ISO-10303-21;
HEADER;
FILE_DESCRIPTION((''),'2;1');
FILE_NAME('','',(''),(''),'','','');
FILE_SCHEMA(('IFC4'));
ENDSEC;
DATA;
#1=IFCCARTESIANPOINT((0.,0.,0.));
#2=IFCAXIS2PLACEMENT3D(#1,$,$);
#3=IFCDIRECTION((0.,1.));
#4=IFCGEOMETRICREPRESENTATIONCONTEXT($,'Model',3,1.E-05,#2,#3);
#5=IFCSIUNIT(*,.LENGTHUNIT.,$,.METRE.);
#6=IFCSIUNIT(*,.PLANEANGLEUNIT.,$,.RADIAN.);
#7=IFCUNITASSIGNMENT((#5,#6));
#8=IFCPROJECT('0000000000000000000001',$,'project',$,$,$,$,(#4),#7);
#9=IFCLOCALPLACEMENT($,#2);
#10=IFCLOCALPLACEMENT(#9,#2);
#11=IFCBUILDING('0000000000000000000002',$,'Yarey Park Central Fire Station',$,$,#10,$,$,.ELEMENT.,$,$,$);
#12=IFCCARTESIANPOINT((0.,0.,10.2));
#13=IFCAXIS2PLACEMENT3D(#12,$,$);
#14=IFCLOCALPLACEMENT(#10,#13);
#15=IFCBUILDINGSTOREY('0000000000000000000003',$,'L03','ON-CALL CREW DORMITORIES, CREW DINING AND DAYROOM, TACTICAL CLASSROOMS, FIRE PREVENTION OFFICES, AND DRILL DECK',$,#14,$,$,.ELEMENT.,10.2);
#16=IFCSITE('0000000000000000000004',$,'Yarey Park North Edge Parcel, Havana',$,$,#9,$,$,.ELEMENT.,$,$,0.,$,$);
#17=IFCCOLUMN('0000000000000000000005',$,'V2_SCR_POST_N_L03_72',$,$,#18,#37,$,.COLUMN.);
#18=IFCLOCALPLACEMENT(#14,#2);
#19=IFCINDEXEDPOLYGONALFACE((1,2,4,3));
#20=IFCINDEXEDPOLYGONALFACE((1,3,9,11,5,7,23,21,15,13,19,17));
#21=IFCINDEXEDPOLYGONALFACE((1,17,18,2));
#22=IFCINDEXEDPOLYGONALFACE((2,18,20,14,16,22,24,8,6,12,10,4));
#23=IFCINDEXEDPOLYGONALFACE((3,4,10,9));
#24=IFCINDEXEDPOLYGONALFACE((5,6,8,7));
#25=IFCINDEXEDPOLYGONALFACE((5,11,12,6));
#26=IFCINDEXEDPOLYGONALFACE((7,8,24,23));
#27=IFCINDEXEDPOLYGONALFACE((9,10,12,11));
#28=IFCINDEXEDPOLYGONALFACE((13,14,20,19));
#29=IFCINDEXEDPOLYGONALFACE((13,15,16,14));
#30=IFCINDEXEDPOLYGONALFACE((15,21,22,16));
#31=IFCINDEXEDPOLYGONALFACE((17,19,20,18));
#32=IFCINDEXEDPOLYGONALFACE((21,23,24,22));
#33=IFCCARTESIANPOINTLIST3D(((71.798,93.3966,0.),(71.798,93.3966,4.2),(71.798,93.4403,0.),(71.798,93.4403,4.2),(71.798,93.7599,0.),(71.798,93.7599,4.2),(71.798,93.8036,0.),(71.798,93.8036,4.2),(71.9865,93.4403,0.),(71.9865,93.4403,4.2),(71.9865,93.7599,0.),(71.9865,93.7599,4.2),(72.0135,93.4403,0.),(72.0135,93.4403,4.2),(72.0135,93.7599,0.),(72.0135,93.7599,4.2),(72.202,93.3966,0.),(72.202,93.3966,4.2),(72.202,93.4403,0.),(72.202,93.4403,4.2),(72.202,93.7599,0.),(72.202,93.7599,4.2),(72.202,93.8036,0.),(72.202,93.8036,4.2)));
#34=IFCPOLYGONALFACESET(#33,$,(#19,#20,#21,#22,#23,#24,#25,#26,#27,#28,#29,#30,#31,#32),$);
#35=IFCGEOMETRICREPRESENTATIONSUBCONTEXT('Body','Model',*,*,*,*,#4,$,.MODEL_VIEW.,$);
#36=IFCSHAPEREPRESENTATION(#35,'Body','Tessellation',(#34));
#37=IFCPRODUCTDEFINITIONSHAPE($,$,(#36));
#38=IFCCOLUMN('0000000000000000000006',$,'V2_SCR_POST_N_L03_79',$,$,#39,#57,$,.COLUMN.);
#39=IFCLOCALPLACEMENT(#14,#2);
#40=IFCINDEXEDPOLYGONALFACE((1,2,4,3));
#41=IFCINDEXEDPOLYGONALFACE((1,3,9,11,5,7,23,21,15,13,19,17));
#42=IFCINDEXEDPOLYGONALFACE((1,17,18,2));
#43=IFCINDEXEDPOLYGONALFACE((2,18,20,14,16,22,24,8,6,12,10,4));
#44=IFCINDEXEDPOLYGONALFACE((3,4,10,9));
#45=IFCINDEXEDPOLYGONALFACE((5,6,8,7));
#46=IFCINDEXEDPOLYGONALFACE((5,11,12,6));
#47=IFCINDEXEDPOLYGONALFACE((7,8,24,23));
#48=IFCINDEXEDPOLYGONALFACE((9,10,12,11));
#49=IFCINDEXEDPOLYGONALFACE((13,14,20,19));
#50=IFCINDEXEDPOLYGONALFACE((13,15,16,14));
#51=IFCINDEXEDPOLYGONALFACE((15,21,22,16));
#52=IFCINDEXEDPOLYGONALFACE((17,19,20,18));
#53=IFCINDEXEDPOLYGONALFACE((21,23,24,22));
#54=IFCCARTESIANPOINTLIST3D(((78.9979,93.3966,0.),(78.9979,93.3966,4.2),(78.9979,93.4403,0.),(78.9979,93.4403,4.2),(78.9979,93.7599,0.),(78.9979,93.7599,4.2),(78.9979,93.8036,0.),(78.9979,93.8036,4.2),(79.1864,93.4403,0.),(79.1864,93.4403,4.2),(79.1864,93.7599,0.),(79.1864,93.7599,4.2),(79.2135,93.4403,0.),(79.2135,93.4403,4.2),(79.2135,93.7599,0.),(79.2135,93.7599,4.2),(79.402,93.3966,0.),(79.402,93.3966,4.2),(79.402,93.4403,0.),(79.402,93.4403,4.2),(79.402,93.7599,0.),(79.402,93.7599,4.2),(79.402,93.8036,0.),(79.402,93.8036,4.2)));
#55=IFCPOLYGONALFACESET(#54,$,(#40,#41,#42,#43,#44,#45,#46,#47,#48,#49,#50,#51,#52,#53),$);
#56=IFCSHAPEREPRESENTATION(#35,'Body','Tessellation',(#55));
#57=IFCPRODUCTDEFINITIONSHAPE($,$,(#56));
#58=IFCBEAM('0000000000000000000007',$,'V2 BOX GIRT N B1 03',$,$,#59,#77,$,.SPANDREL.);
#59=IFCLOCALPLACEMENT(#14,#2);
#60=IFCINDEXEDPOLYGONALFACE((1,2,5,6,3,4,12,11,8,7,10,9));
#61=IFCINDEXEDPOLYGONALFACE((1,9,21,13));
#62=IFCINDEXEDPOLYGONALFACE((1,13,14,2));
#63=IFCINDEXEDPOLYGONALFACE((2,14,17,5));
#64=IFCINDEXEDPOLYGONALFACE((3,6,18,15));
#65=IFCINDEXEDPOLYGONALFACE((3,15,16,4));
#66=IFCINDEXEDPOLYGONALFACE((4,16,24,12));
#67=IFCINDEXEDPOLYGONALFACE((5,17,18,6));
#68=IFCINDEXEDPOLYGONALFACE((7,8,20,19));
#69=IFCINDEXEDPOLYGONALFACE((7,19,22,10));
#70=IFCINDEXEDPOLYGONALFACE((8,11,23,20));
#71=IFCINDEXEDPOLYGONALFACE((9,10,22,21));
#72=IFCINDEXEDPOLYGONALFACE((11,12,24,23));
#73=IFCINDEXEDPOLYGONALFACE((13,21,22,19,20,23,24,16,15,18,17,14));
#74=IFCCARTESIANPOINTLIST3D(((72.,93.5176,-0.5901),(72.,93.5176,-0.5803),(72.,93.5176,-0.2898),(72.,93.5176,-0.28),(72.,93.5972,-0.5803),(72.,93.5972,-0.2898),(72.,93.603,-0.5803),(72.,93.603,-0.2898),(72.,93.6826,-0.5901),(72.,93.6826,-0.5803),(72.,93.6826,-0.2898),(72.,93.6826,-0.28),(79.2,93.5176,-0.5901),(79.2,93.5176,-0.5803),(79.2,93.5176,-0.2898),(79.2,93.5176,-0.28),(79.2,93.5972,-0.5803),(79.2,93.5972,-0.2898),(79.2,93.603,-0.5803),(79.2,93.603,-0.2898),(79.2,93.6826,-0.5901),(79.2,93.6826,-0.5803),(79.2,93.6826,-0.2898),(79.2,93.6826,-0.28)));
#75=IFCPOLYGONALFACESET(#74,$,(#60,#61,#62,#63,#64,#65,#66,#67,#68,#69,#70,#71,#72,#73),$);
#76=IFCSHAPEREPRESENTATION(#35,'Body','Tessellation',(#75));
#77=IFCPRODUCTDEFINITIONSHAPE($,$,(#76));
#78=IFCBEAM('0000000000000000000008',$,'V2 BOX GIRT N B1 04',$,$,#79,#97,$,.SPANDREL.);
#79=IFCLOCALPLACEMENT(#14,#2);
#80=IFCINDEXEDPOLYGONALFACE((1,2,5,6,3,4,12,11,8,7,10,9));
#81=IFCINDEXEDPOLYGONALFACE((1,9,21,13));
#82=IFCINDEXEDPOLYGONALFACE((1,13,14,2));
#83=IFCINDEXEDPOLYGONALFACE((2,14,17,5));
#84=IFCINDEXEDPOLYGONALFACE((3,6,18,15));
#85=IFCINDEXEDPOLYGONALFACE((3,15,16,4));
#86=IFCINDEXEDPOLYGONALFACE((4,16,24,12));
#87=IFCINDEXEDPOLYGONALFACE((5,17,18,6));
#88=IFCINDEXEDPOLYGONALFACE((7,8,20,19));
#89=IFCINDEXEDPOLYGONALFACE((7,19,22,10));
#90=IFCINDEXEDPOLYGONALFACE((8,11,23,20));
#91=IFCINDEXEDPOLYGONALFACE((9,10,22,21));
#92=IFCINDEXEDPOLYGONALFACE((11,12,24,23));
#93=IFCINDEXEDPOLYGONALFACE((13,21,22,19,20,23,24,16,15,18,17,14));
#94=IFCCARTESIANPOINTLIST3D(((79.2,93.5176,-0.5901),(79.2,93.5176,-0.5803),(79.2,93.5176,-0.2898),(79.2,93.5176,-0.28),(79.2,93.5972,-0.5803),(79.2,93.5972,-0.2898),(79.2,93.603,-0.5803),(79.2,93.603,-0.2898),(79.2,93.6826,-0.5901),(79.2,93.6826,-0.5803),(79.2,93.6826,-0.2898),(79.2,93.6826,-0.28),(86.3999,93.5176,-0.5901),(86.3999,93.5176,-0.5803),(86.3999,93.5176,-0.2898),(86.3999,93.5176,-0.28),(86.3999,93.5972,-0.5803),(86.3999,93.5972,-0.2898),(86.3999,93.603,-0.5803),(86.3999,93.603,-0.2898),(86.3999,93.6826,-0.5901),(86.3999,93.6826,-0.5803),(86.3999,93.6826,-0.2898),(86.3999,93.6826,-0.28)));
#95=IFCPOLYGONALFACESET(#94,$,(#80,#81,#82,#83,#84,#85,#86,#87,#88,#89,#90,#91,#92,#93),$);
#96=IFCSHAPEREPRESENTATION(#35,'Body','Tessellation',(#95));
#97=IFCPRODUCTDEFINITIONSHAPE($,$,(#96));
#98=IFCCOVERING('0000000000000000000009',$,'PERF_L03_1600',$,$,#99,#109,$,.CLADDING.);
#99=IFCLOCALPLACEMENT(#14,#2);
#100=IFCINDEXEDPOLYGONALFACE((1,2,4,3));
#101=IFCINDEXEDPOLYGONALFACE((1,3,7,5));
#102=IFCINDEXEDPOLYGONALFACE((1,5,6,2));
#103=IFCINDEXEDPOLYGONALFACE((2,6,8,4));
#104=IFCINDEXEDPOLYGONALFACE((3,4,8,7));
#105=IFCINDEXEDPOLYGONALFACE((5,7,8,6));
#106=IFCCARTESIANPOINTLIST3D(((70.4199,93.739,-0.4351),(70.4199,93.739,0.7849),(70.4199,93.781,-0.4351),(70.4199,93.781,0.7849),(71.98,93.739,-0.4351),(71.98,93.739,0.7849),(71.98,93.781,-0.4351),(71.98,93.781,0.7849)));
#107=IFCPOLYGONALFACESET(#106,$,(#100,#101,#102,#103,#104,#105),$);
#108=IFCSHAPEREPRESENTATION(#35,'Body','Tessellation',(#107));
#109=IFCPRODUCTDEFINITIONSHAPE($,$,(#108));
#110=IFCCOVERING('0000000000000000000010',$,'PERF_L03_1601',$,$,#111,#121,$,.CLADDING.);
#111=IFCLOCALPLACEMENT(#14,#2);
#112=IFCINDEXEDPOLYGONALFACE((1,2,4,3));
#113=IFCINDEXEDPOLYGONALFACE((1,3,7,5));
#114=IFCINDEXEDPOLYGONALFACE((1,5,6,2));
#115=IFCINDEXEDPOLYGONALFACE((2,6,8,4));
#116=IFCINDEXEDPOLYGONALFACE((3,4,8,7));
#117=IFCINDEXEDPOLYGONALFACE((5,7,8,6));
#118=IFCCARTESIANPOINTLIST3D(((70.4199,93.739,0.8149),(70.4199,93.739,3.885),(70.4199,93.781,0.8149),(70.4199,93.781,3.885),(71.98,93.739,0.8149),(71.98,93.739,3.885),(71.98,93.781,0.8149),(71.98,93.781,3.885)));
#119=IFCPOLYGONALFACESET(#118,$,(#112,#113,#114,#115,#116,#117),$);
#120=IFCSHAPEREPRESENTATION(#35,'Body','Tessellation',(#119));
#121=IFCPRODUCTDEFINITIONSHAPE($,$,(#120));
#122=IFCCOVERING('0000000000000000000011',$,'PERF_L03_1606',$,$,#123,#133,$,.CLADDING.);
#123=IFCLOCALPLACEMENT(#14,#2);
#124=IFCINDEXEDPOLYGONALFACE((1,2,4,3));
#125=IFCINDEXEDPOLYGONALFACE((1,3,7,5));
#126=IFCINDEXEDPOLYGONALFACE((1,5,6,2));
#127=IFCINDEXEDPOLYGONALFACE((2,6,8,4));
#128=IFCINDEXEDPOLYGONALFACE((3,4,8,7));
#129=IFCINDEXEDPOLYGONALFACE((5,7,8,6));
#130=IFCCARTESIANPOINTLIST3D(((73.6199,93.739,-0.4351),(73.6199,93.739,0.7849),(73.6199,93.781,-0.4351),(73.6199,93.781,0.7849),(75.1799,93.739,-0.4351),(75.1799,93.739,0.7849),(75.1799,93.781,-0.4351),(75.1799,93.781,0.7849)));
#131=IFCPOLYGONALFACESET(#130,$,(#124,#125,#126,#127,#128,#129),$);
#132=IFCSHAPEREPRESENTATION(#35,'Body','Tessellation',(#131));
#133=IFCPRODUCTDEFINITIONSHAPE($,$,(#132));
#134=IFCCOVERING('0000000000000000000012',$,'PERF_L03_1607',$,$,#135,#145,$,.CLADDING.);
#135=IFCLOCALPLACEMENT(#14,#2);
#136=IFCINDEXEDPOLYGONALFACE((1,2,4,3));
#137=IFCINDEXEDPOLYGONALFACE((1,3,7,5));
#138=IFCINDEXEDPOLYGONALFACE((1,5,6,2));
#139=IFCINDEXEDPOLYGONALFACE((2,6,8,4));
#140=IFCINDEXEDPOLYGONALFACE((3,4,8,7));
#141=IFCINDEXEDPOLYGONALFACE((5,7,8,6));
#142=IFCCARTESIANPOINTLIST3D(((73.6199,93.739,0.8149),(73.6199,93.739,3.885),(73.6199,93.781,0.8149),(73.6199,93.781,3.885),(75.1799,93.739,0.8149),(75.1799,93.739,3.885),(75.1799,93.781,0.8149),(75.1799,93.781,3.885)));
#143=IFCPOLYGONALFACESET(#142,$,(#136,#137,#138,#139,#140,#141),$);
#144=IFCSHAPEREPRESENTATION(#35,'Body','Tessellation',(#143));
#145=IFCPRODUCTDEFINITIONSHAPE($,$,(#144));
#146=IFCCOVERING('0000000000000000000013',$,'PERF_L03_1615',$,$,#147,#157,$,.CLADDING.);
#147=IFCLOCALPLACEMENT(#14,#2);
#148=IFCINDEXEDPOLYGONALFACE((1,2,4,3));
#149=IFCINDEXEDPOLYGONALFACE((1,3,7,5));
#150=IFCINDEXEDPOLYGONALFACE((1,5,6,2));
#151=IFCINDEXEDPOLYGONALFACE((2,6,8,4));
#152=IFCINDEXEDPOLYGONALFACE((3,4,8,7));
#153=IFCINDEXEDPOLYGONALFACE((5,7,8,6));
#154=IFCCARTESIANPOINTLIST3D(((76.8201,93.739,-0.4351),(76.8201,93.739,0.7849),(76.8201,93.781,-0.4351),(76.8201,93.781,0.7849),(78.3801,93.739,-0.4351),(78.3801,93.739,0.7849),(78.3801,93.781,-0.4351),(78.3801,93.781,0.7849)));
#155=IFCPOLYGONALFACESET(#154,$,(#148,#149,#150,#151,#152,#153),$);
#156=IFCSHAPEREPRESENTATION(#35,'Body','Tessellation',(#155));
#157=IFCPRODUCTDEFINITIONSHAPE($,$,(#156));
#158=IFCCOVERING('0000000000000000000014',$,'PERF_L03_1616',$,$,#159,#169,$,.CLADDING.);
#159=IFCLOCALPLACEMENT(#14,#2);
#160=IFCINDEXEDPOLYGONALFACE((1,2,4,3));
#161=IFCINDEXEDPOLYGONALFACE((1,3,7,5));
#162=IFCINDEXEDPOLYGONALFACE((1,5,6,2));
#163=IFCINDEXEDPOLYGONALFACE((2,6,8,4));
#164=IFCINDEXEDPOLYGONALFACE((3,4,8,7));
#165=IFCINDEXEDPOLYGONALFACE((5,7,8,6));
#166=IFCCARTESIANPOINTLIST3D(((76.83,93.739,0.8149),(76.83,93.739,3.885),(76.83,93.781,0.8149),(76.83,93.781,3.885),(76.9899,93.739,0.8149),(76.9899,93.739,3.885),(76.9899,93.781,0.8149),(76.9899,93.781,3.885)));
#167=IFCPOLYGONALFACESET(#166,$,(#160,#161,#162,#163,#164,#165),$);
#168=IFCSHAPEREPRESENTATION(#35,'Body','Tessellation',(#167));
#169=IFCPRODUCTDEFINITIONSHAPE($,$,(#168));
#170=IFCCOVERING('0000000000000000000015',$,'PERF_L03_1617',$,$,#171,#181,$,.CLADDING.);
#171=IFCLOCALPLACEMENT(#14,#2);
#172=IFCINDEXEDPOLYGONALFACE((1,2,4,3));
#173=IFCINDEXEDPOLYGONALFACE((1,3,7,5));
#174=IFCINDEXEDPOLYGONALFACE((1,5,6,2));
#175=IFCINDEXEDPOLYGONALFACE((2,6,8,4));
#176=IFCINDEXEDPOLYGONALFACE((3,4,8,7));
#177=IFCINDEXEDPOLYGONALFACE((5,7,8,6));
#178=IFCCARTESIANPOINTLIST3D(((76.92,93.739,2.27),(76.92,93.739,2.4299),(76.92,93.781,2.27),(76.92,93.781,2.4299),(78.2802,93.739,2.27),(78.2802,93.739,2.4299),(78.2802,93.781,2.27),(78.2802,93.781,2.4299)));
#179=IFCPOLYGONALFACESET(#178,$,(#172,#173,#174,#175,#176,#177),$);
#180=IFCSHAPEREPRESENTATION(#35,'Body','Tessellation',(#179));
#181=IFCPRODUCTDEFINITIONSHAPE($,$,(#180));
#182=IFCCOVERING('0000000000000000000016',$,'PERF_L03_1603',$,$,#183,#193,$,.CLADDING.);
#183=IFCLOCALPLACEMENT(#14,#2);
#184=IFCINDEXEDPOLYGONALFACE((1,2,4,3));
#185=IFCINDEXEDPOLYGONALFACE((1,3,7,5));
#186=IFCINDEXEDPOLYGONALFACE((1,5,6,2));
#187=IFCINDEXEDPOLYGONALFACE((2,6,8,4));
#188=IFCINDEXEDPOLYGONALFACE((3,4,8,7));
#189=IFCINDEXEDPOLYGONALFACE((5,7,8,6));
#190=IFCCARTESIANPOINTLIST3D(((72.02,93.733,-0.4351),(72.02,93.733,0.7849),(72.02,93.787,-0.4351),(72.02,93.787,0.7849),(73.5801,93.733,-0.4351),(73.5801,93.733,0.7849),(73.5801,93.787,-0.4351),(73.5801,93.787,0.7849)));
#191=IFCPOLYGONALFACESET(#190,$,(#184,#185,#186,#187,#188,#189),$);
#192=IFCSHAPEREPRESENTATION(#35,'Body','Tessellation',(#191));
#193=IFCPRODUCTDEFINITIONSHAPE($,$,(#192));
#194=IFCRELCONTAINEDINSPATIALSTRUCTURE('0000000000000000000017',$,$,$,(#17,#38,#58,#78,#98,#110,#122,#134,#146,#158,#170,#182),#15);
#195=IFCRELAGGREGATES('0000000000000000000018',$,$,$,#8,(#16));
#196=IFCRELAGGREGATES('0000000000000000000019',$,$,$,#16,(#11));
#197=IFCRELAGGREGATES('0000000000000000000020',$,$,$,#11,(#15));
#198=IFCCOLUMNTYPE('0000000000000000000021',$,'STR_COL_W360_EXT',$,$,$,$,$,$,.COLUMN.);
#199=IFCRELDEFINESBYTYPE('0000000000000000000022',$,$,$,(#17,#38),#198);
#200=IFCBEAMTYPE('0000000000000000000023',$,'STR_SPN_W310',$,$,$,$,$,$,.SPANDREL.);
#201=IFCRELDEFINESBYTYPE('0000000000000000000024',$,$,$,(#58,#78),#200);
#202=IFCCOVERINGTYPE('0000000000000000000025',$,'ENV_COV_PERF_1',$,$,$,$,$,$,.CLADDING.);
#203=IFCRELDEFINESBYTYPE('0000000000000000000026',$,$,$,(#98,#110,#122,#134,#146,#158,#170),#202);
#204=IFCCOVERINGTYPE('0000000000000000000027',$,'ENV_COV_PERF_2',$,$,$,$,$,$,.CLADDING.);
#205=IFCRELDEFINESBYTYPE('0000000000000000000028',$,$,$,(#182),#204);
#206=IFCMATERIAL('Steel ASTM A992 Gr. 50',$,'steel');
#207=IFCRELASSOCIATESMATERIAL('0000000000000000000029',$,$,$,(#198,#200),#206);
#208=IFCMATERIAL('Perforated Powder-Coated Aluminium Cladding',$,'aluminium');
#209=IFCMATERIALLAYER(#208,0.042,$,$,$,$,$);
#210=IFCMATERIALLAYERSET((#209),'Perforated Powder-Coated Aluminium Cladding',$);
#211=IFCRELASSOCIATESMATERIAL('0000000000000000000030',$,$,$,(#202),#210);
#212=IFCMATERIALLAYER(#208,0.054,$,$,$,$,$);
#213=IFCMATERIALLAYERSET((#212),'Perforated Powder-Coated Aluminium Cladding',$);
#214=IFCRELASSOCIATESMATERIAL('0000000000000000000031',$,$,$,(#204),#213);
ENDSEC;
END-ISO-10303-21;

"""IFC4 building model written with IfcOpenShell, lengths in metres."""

from ifc_helpers import new_model, si_unit, direction, frame, origin, origin_2d, place, context, subcontext, project, spatial, rectangle, i_section, extrude, material, layer, layer_set, material_profile, profile_set, type_object, element, save


model = new_model("IFC4")

# Units and contexts
model_context = context("Model", 3, precision=1e-05, world=origin(), true_north=direction((0.0, 1.0)))
body_context = subcontext(model_context, "Body", "Model", "MODEL_VIEW")
ifc_project = project(units=[si_unit("LENGTHUNIT", "METRE"), si_unit("PLANEANGLEUNIT", "RADIAN")], contexts=[model_context])

# Site, building, storey
site_placement = place(None, origin())
site = spatial("IfcSite", under=ifc_project, at=site_placement, Name="Yarey Park North Edge Parcel, Havana", CompositionType="ELEMENT", RefElevation=0.0)
building_placement = place(site_placement, origin())
building = spatial("IfcBuilding", under=site, at=building_placement, Name="Yarey Park Central Fire Station", CompositionType="ELEMENT")
storey_placement = place(building_placement, frame((0.0, 0.0, 10.2)))
storey = spatial("IfcBuildingStorey", under=building, at=storey_placement, Name="L03", Description="ON-CALL CREW DORMITORIES, CREW DINING AND DAYROOM, TACTICAL CLASSROOMS, FIRE PREVENTION OFFICES, AND DRILL DECK", CompositionType="ELEMENT", Elevation=10.2)

# Columns
ifc_material_1 = material(Name="Steel ASTM A992 Gr. 50", Category="steel")
ifc_material_profile_1 = material_profile(ifc_material_1, i_section(OverallWidth=0.4041, OverallDepth=0.407, WebThickness=0.0271, FlangeThickness=0.0437, at=origin_2d()), Name="W360x347")
ifc_profile_set_1 = profile_set([ifc_material_profile_1], Name="Steel ASTM A992 Gr. 50")
column_type = type_object("IfcColumnType", Name="STR_COL_W360_EXT", PredefinedType="COLUMN", material=ifc_profile_set_1)
for number, where, z_axis, x_axis, name in (
    (1, (72.0, 93.6001, 0.0), (0.0, 0.0, 1.0), (1.0, 0.0, 0.0), "V2_SCR_POST_N_L03_72"),
    (2, (79.2, 93.6001, 0.0), (0.0, 0.0, 1.0), (1.0, 0.0, 0.0), "V2_SCR_POST_N_L03_79"),
):
    element("IfcColumn", number, at=place(storey_placement, frame(where, z_axis=z_axis, x_axis=x_axis)), inside=storey, type_object=column_type, Name=name, PredefinedType="COLUMN", context=body_context, shape_type="SweptSolid", body=[
        extrude(i_section(OverallWidth=0.4041, OverallDepth=0.407, WebThickness=0.0271, FlangeThickness=0.0437, at=origin_2d()), origin(), (0.0, 0.0, 1.0), 4.2),
    ])

# Beams
ifc_material_profile_2 = material_profile(ifc_material_1, i_section(OverallWidth=0.165, OverallDepth=0.3101, WebThickness=0.0059, FlangeThickness=0.0098, at=origin_2d()), Name="W310x39")
ifc_profile_set_2 = profile_set([ifc_material_profile_2], Name="Steel ASTM A992 Gr. 50")
beam_type = type_object("IfcBeamType", Name="STR_SPN_W310", PredefinedType="SPANDREL", material=ifc_profile_set_2)
for number, where, z_axis, x_axis, name in (
    (3, (72.0, 93.6001, -0.4351), (1.0, 0.0, 0.0), (0.0, 1.0, 0.0), "V2 BOX GIRT N B1 03"),
    (4, (79.2, 93.6001, -0.4351), (1.0, 0.0, 0.0), (0.0, 1.0, 0.0), "V2 BOX GIRT N B1 04"),
):
    element("IfcBeam", number, at=place(storey_placement, frame(where, z_axis=z_axis, x_axis=x_axis)), inside=storey, type_object=beam_type, Name=name, PredefinedType="SPANDREL", context=body_context, shape_type="SweptSolid", body=[
        extrude(i_section(OverallWidth=0.165, OverallDepth=0.3101, WebThickness=0.0059, FlangeThickness=0.0098, at=origin_2d()), origin(), (0.0, 0.0, 1.0), 7.2),
    ])

# Coverings
ifc_material_2 = material(Name="Perforated Powder-Coated Aluminium Cladding", Category="aluminium")
ifc_layer_1 = layer(ifc_material_2, 0.042)
ifc_layer_set_1 = layer_set([ifc_layer_1], Name="Perforated Powder-Coated Aluminium Cladding")
covering_type_1 = type_object("IfcCoveringType", Name="ENV_COV_PERF_1", PredefinedType="CLADDING", material=ifc_layer_set_1)
covering_1_placement = place(storey_placement, frame((71.2, 93.76, -0.4351), z_axis=(0.0, 0.0, 1.0), x_axis=(1.0, 0.0, 0.0)))
element("IfcCovering", 5, at=covering_1_placement, inside=storey, type_object=covering_type_1, Name="PERF_L03_1600", PredefinedType="CLADDING", context=body_context, shape_type="SweptSolid", body=[
    extrude(rectangle(XDim=1.5601, YDim=0.042, at=origin_2d()), origin(), (0.0, 0.0, 1.0), 1.22),
])
covering_2_placement = place(storey_placement, frame((71.2, 93.76, 0.8149), z_axis=(0.0, 0.0, 1.0), x_axis=(1.0, 0.0, 0.0)))
element("IfcCovering", 6, at=covering_2_placement, inside=storey, type_object=covering_type_1, Name="PERF_L03_1601", PredefinedType="CLADDING", context=body_context, shape_type="SweptSolid", body=[
    extrude(rectangle(XDim=1.5601, YDim=0.042, at=origin_2d()), origin(), (0.0, 0.0, 1.0), 3.0701),
])
covering_3_placement = place(storey_placement, frame((74.3999, 93.76, -0.4351), z_axis=(0.0, 0.0, 1.0), x_axis=(1.0, 0.0, 0.0)))
element("IfcCovering", 7, at=covering_3_placement, inside=storey, type_object=covering_type_1, Name="PERF_L03_1606", PredefinedType="CLADDING", context=body_context, shape_type="SweptSolid", body=[
    extrude(rectangle(XDim=1.5601, YDim=0.042, at=origin_2d()), origin(), (0.0, 0.0, 1.0), 1.22),
])
covering_4_placement = place(storey_placement, frame((74.3999, 93.76, 0.8149), z_axis=(0.0, 0.0, 1.0), x_axis=(1.0, 0.0, 0.0)))
element("IfcCovering", 8, at=covering_4_placement, inside=storey, type_object=covering_type_1, Name="PERF_L03_1607", PredefinedType="CLADDING", context=body_context, shape_type="SweptSolid", body=[
    extrude(rectangle(XDim=1.5601, YDim=0.042, at=origin_2d()), origin(), (0.0, 0.0, 1.0), 3.0701),
])
covering_5_placement = place(storey_placement, frame((77.6001, 93.76, -0.4351), z_axis=(0.0, 0.0, 1.0), x_axis=(1.0, 0.0, 0.0)))
element("IfcCovering", 9, at=covering_5_placement, inside=storey, type_object=covering_type_1, Name="PERF_L03_1615", PredefinedType="CLADDING", context=body_context, shape_type="SweptSolid", body=[
    extrude(rectangle(XDim=1.5601, YDim=0.042, at=origin_2d()), origin(), (0.0, 0.0, 1.0), 1.22),
])
covering_6_placement = place(storey_placement, frame((76.9099, 93.76, 0.8149), z_axis=(0.0, 0.0, 1.0), x_axis=(1.0, 0.0, 0.0)))
element("IfcCovering", 10, at=covering_6_placement, inside=storey, type_object=covering_type_1, Name="PERF_L03_1616", PredefinedType="CLADDING", context=body_context, shape_type="SweptSolid", body=[
    extrude(rectangle(XDim=0.1599, YDim=0.042, at=origin_2d()), origin(), (0.0, 0.0, 1.0), 3.0701),
])
covering_7_placement = place(storey_placement, frame((77.6001, 93.76, 2.27), z_axis=(0.0, 0.0, 1.0), x_axis=(1.0, 0.0, 0.0)))
element("IfcCovering", 11, at=covering_7_placement, inside=storey, type_object=covering_type_1, Name="PERF_L03_1617", PredefinedType="CLADDING", context=body_context, shape_type="SweptSolid", body=[
    extrude(rectangle(XDim=1.3601, YDim=0.042, at=origin_2d()), origin(), (0.0, 0.0, 1.0), 0.1599),
])
ifc_layer_2 = layer(ifc_material_2, 0.054)
ifc_layer_set_2 = layer_set([ifc_layer_2], Name="Perforated Powder-Coated Aluminium Cladding")
covering_type_2 = type_object("IfcCoveringType", Name="ENV_COV_PERF_2", PredefinedType="CLADDING", material=ifc_layer_set_2)
covering_8_placement = place(storey_placement, frame((72.8, 93.76, -0.4351), z_axis=(0.0, 0.0, 1.0), x_axis=(1.0, 0.0, 0.0)))
element("IfcCovering", 12, at=covering_8_placement, inside=storey, type_object=covering_type_2, Name="PERF_L03_1603", PredefinedType="CLADDING", context=body_context, shape_type="SweptSolid", body=[
    extrude(rectangle(XDim=1.5601, YDim=0.054, at=origin_2d()), origin(), (0.0, 0.0, 1.0), 1.22),
])

save(model, "model.ifc")
